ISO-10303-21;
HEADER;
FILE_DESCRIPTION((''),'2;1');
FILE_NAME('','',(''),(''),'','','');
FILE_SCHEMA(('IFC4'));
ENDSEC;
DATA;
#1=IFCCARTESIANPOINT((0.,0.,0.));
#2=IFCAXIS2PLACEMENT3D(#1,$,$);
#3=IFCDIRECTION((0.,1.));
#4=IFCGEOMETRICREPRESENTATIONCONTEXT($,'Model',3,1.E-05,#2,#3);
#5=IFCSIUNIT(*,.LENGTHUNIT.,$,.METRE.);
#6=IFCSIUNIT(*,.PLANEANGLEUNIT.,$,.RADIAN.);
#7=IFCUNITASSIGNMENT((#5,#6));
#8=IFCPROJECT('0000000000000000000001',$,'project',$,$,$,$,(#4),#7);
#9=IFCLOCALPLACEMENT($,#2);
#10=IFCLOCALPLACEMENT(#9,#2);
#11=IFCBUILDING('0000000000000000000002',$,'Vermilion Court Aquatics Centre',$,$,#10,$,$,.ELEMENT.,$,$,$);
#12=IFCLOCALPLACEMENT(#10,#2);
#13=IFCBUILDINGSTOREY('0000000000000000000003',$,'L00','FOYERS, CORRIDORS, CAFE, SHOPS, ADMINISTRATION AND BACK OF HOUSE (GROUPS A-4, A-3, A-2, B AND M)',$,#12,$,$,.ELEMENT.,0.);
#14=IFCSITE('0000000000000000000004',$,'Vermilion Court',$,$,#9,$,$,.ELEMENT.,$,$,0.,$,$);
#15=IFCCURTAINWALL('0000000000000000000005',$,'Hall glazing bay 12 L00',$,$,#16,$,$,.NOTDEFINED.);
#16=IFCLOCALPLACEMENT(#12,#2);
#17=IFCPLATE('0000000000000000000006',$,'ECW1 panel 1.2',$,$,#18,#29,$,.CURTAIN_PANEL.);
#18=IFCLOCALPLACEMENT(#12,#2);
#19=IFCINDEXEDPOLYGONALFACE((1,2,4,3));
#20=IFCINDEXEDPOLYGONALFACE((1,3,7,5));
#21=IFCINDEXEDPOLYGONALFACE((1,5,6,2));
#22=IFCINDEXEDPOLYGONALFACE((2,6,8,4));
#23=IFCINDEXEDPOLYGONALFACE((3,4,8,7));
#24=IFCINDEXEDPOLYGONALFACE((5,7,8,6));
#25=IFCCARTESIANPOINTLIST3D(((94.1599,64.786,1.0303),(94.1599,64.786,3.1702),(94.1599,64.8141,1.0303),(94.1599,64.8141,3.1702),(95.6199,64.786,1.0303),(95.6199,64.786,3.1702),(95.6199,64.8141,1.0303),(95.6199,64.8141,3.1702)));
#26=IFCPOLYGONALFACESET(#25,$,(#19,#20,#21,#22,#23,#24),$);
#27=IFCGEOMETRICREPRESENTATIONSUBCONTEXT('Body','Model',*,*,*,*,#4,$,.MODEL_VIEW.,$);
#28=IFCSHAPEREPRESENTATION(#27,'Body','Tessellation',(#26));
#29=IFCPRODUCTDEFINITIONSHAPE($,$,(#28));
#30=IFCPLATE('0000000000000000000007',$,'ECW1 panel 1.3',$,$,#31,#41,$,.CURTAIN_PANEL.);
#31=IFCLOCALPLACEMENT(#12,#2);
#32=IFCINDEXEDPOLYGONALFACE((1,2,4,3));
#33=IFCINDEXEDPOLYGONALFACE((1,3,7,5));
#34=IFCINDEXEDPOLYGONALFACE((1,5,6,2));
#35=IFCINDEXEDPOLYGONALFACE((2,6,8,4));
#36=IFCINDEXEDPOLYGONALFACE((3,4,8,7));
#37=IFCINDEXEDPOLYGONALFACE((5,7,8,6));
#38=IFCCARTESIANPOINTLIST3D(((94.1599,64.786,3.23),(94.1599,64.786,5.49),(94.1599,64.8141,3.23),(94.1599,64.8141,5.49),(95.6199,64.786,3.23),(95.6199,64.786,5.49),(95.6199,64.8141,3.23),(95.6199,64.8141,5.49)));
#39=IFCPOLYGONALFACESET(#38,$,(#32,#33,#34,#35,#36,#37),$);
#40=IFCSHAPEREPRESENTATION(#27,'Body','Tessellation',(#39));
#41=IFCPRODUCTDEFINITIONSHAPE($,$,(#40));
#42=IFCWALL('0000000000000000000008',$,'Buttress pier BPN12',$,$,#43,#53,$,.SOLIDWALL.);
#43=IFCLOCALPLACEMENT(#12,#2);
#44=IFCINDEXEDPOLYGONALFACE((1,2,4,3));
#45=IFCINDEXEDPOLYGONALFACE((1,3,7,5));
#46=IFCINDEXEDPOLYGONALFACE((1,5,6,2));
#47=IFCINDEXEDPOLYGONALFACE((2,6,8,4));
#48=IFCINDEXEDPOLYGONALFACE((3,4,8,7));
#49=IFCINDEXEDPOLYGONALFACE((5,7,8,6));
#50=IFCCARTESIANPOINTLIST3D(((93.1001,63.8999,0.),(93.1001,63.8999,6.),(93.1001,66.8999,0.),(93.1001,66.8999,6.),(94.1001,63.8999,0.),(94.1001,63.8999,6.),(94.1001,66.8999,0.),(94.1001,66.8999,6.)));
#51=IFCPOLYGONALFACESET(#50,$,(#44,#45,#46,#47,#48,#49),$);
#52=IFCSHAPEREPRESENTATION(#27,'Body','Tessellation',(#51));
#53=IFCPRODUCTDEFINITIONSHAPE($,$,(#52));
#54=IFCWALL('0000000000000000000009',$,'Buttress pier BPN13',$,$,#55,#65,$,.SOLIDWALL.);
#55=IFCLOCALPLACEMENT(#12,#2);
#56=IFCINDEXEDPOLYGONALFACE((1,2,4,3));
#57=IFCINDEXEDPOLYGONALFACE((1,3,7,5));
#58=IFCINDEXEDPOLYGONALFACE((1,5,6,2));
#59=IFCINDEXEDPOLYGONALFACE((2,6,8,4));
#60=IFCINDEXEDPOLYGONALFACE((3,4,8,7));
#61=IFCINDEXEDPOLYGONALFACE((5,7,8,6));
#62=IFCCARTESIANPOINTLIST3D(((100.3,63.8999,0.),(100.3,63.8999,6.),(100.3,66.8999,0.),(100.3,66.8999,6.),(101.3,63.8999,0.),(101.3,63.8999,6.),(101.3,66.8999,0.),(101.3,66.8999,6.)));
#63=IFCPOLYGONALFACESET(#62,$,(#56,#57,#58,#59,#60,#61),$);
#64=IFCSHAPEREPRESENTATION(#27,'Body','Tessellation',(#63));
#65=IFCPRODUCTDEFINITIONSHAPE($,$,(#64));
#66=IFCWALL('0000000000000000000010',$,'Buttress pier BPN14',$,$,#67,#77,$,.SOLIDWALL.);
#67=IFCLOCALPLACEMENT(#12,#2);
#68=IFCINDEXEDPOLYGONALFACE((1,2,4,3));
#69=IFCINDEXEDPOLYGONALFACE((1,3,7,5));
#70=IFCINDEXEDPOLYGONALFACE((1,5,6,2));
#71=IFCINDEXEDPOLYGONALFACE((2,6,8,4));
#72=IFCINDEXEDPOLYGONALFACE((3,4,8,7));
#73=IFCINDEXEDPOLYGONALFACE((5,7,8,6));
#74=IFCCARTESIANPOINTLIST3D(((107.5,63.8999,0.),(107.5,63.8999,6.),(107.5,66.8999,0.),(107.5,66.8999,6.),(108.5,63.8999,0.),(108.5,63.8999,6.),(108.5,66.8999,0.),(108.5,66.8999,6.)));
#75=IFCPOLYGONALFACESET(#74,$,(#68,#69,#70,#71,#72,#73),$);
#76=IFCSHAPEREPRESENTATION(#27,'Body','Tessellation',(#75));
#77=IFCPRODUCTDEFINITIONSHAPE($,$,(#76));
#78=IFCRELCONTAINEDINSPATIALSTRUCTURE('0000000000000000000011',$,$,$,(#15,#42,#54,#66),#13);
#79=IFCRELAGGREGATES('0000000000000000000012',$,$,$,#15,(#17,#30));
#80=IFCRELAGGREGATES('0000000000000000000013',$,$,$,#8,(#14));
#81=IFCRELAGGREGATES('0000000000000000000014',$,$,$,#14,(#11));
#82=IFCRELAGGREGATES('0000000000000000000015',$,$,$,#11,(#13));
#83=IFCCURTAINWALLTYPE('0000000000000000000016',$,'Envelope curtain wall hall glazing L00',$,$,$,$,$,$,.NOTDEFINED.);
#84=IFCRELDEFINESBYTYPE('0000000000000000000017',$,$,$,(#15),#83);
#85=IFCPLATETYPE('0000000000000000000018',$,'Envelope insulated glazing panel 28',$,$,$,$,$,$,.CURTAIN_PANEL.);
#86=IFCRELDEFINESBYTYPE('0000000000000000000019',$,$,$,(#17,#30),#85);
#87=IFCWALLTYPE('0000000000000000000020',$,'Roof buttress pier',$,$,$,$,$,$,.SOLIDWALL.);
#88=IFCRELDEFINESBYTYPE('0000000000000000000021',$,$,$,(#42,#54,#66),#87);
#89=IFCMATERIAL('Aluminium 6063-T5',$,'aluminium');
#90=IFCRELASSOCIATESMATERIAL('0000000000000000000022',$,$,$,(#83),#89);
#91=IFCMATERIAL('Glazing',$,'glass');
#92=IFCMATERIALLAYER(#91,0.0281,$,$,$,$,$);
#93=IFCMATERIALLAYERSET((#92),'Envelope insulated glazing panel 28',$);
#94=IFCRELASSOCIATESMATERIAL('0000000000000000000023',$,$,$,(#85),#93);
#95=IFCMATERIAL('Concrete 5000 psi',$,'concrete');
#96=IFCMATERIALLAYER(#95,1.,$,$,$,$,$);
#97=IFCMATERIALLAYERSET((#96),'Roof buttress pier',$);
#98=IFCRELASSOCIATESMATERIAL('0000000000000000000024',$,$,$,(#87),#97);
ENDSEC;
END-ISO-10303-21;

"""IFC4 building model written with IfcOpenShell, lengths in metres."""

from ifc_helpers import new_model, si_unit, direction, frame, frame_2d, origin, origin_2d, place, context, subcontext, project, spatial, rectangle, extrude, material, layer, layer_set, type_object, element, aggregate, save


model = new_model("IFC4")

# Units and contexts
model_context = context("Model", 3, precision=1e-05, world=origin(), true_north=direction((0.0, 1.0)))
body_context = subcontext(model_context, "Body", "Model", "MODEL_VIEW")
ifc_project = project(units=[si_unit("LENGTHUNIT", "METRE"), si_unit("PLANEANGLEUNIT", "RADIAN")], contexts=[model_context])

# Site, building, storey
site_placement = place(None, origin())
site = spatial("IfcSite", under=ifc_project, at=site_placement, Name="Vermilion Court", CompositionType="ELEMENT", RefElevation=0.0)
building_placement = place(site_placement, origin())
building = spatial("IfcBuilding", under=site, at=building_placement, Name="Vermilion Court Aquatics Centre", CompositionType="ELEMENT")
storey_placement = place(building_placement, origin())
storey = spatial("IfcBuildingStorey", under=building, at=storey_placement, Name="L00", Description="FOYERS, CORRIDORS, CAFE, SHOPS, ADMINISTRATION AND BACK OF HOUSE (GROUPS A-4, A-3, A-2, B AND M)", CompositionType="ELEMENT", Elevation=0.0)

# Shared definitions
ifc_material_1 = material(Name="Aluminium 6063-T5", Category="aluminium")
curtain_wall_type = type_object("IfcCurtainWallType", Name="Envelope curtain wall hall glazing L00", PredefinedType="NOTDEFINED", material=ifc_material_1)

# Curtain wall
curtain_wall_1_placement = place(storey_placement, origin())
curtain_wall_1 = element("IfcCurtainWall", 1, at=curtain_wall_1_placement, inside=storey, type_object=curtain_wall_type, Name="Hall glazing bay 12 L00", PredefinedType="NOTDEFINED")

# Plates
ifc_material_2 = material(Name="Glazing", Category="glass")
ifc_layer_1 = layer(ifc_material_2, 0.0281)
ifc_layer_set_1 = layer_set([ifc_layer_1], Name="Envelope insulated glazing panel 28")
plate_type = type_object("IfcPlateType", Name="Envelope insulated glazing panel 28", PredefinedType="CURTAIN_PANEL", material=ifc_layer_set_1)
plate_1_placement = place(storey_placement, frame((94.8899, 64.8, 1.0303), z_axis=(0.0, 0.0, 1.0), x_axis=(1.0, 0.0, 0.0)))
plate_1 = element("IfcPlate", 2, at=plate_1_placement, type_object=plate_type, Name="ECW1 panel 1.2", PredefinedType="CURTAIN_PANEL", context=body_context, shape_type="SweptSolid", body=[
    extrude(rectangle(XDim=1.46, YDim=0.0281, at=origin_2d()), origin(), (0.0, 0.0, 1.0), 2.1399),
])
plate_2_placement = place(storey_placement, frame((94.8899, 64.8, 3.23), z_axis=(0.0, 0.0, 1.0), x_axis=(1.0, 0.0, 0.0)))
plate_2 = element("IfcPlate", 3, at=plate_2_placement, type_object=plate_type, Name="ECW1 panel 1.3", PredefinedType="CURTAIN_PANEL", context=body_context, shape_type="SweptSolid", body=[
    extrude(rectangle(XDim=1.46, YDim=0.0281, at=origin_2d()), origin(), (0.0, 0.0, 1.0), 2.26),
])
aggregate(curtain_wall_1, [plate_1, plate_2])

# Walls
ifc_material_3 = material(Name="Concrete 5000 psi", Category="concrete")
ifc_layer_2 = layer(ifc_material_3, 1.0)
ifc_layer_set_2 = layer_set([ifc_layer_2], Name="Roof buttress pier")
wall_type = type_object("IfcWallType", Name="Roof buttress pier", PredefinedType="SOLIDWALL", material=ifc_layer_set_2)
for number, where, z_axis, x_axis, name in (
    (4, (93.6001, 63.8999, 0.0), (0.0, 0.0, 1.0), (0.0, 1.0, 0.0), "Buttress pier BPN12"),
    (5, (100.8, 63.8999, 0.0), (0.0, 0.0, 1.0), (0.0, 1.0, 0.0), "Buttress pier BPN13"),
    (6, (108.0, 63.8999, 0.0), (0.0, 0.0, 1.0), (0.0, 1.0, 0.0), "Buttress pier BPN14"),
):
    element("IfcWall", number, at=place(storey_placement, frame(where, z_axis=z_axis, x_axis=x_axis)), inside=storey, type_object=wall_type, Name=name, PredefinedType="SOLIDWALL", context=body_context, shape_type="SweptSolid", body=[
        extrude(rectangle(XDim=3.0, YDim=1.0, at=frame_2d((1.5, 0.0))), origin(), (0.0, 0.0, 1.0), 6.0),
    ])

save(model, "model.ifc")
